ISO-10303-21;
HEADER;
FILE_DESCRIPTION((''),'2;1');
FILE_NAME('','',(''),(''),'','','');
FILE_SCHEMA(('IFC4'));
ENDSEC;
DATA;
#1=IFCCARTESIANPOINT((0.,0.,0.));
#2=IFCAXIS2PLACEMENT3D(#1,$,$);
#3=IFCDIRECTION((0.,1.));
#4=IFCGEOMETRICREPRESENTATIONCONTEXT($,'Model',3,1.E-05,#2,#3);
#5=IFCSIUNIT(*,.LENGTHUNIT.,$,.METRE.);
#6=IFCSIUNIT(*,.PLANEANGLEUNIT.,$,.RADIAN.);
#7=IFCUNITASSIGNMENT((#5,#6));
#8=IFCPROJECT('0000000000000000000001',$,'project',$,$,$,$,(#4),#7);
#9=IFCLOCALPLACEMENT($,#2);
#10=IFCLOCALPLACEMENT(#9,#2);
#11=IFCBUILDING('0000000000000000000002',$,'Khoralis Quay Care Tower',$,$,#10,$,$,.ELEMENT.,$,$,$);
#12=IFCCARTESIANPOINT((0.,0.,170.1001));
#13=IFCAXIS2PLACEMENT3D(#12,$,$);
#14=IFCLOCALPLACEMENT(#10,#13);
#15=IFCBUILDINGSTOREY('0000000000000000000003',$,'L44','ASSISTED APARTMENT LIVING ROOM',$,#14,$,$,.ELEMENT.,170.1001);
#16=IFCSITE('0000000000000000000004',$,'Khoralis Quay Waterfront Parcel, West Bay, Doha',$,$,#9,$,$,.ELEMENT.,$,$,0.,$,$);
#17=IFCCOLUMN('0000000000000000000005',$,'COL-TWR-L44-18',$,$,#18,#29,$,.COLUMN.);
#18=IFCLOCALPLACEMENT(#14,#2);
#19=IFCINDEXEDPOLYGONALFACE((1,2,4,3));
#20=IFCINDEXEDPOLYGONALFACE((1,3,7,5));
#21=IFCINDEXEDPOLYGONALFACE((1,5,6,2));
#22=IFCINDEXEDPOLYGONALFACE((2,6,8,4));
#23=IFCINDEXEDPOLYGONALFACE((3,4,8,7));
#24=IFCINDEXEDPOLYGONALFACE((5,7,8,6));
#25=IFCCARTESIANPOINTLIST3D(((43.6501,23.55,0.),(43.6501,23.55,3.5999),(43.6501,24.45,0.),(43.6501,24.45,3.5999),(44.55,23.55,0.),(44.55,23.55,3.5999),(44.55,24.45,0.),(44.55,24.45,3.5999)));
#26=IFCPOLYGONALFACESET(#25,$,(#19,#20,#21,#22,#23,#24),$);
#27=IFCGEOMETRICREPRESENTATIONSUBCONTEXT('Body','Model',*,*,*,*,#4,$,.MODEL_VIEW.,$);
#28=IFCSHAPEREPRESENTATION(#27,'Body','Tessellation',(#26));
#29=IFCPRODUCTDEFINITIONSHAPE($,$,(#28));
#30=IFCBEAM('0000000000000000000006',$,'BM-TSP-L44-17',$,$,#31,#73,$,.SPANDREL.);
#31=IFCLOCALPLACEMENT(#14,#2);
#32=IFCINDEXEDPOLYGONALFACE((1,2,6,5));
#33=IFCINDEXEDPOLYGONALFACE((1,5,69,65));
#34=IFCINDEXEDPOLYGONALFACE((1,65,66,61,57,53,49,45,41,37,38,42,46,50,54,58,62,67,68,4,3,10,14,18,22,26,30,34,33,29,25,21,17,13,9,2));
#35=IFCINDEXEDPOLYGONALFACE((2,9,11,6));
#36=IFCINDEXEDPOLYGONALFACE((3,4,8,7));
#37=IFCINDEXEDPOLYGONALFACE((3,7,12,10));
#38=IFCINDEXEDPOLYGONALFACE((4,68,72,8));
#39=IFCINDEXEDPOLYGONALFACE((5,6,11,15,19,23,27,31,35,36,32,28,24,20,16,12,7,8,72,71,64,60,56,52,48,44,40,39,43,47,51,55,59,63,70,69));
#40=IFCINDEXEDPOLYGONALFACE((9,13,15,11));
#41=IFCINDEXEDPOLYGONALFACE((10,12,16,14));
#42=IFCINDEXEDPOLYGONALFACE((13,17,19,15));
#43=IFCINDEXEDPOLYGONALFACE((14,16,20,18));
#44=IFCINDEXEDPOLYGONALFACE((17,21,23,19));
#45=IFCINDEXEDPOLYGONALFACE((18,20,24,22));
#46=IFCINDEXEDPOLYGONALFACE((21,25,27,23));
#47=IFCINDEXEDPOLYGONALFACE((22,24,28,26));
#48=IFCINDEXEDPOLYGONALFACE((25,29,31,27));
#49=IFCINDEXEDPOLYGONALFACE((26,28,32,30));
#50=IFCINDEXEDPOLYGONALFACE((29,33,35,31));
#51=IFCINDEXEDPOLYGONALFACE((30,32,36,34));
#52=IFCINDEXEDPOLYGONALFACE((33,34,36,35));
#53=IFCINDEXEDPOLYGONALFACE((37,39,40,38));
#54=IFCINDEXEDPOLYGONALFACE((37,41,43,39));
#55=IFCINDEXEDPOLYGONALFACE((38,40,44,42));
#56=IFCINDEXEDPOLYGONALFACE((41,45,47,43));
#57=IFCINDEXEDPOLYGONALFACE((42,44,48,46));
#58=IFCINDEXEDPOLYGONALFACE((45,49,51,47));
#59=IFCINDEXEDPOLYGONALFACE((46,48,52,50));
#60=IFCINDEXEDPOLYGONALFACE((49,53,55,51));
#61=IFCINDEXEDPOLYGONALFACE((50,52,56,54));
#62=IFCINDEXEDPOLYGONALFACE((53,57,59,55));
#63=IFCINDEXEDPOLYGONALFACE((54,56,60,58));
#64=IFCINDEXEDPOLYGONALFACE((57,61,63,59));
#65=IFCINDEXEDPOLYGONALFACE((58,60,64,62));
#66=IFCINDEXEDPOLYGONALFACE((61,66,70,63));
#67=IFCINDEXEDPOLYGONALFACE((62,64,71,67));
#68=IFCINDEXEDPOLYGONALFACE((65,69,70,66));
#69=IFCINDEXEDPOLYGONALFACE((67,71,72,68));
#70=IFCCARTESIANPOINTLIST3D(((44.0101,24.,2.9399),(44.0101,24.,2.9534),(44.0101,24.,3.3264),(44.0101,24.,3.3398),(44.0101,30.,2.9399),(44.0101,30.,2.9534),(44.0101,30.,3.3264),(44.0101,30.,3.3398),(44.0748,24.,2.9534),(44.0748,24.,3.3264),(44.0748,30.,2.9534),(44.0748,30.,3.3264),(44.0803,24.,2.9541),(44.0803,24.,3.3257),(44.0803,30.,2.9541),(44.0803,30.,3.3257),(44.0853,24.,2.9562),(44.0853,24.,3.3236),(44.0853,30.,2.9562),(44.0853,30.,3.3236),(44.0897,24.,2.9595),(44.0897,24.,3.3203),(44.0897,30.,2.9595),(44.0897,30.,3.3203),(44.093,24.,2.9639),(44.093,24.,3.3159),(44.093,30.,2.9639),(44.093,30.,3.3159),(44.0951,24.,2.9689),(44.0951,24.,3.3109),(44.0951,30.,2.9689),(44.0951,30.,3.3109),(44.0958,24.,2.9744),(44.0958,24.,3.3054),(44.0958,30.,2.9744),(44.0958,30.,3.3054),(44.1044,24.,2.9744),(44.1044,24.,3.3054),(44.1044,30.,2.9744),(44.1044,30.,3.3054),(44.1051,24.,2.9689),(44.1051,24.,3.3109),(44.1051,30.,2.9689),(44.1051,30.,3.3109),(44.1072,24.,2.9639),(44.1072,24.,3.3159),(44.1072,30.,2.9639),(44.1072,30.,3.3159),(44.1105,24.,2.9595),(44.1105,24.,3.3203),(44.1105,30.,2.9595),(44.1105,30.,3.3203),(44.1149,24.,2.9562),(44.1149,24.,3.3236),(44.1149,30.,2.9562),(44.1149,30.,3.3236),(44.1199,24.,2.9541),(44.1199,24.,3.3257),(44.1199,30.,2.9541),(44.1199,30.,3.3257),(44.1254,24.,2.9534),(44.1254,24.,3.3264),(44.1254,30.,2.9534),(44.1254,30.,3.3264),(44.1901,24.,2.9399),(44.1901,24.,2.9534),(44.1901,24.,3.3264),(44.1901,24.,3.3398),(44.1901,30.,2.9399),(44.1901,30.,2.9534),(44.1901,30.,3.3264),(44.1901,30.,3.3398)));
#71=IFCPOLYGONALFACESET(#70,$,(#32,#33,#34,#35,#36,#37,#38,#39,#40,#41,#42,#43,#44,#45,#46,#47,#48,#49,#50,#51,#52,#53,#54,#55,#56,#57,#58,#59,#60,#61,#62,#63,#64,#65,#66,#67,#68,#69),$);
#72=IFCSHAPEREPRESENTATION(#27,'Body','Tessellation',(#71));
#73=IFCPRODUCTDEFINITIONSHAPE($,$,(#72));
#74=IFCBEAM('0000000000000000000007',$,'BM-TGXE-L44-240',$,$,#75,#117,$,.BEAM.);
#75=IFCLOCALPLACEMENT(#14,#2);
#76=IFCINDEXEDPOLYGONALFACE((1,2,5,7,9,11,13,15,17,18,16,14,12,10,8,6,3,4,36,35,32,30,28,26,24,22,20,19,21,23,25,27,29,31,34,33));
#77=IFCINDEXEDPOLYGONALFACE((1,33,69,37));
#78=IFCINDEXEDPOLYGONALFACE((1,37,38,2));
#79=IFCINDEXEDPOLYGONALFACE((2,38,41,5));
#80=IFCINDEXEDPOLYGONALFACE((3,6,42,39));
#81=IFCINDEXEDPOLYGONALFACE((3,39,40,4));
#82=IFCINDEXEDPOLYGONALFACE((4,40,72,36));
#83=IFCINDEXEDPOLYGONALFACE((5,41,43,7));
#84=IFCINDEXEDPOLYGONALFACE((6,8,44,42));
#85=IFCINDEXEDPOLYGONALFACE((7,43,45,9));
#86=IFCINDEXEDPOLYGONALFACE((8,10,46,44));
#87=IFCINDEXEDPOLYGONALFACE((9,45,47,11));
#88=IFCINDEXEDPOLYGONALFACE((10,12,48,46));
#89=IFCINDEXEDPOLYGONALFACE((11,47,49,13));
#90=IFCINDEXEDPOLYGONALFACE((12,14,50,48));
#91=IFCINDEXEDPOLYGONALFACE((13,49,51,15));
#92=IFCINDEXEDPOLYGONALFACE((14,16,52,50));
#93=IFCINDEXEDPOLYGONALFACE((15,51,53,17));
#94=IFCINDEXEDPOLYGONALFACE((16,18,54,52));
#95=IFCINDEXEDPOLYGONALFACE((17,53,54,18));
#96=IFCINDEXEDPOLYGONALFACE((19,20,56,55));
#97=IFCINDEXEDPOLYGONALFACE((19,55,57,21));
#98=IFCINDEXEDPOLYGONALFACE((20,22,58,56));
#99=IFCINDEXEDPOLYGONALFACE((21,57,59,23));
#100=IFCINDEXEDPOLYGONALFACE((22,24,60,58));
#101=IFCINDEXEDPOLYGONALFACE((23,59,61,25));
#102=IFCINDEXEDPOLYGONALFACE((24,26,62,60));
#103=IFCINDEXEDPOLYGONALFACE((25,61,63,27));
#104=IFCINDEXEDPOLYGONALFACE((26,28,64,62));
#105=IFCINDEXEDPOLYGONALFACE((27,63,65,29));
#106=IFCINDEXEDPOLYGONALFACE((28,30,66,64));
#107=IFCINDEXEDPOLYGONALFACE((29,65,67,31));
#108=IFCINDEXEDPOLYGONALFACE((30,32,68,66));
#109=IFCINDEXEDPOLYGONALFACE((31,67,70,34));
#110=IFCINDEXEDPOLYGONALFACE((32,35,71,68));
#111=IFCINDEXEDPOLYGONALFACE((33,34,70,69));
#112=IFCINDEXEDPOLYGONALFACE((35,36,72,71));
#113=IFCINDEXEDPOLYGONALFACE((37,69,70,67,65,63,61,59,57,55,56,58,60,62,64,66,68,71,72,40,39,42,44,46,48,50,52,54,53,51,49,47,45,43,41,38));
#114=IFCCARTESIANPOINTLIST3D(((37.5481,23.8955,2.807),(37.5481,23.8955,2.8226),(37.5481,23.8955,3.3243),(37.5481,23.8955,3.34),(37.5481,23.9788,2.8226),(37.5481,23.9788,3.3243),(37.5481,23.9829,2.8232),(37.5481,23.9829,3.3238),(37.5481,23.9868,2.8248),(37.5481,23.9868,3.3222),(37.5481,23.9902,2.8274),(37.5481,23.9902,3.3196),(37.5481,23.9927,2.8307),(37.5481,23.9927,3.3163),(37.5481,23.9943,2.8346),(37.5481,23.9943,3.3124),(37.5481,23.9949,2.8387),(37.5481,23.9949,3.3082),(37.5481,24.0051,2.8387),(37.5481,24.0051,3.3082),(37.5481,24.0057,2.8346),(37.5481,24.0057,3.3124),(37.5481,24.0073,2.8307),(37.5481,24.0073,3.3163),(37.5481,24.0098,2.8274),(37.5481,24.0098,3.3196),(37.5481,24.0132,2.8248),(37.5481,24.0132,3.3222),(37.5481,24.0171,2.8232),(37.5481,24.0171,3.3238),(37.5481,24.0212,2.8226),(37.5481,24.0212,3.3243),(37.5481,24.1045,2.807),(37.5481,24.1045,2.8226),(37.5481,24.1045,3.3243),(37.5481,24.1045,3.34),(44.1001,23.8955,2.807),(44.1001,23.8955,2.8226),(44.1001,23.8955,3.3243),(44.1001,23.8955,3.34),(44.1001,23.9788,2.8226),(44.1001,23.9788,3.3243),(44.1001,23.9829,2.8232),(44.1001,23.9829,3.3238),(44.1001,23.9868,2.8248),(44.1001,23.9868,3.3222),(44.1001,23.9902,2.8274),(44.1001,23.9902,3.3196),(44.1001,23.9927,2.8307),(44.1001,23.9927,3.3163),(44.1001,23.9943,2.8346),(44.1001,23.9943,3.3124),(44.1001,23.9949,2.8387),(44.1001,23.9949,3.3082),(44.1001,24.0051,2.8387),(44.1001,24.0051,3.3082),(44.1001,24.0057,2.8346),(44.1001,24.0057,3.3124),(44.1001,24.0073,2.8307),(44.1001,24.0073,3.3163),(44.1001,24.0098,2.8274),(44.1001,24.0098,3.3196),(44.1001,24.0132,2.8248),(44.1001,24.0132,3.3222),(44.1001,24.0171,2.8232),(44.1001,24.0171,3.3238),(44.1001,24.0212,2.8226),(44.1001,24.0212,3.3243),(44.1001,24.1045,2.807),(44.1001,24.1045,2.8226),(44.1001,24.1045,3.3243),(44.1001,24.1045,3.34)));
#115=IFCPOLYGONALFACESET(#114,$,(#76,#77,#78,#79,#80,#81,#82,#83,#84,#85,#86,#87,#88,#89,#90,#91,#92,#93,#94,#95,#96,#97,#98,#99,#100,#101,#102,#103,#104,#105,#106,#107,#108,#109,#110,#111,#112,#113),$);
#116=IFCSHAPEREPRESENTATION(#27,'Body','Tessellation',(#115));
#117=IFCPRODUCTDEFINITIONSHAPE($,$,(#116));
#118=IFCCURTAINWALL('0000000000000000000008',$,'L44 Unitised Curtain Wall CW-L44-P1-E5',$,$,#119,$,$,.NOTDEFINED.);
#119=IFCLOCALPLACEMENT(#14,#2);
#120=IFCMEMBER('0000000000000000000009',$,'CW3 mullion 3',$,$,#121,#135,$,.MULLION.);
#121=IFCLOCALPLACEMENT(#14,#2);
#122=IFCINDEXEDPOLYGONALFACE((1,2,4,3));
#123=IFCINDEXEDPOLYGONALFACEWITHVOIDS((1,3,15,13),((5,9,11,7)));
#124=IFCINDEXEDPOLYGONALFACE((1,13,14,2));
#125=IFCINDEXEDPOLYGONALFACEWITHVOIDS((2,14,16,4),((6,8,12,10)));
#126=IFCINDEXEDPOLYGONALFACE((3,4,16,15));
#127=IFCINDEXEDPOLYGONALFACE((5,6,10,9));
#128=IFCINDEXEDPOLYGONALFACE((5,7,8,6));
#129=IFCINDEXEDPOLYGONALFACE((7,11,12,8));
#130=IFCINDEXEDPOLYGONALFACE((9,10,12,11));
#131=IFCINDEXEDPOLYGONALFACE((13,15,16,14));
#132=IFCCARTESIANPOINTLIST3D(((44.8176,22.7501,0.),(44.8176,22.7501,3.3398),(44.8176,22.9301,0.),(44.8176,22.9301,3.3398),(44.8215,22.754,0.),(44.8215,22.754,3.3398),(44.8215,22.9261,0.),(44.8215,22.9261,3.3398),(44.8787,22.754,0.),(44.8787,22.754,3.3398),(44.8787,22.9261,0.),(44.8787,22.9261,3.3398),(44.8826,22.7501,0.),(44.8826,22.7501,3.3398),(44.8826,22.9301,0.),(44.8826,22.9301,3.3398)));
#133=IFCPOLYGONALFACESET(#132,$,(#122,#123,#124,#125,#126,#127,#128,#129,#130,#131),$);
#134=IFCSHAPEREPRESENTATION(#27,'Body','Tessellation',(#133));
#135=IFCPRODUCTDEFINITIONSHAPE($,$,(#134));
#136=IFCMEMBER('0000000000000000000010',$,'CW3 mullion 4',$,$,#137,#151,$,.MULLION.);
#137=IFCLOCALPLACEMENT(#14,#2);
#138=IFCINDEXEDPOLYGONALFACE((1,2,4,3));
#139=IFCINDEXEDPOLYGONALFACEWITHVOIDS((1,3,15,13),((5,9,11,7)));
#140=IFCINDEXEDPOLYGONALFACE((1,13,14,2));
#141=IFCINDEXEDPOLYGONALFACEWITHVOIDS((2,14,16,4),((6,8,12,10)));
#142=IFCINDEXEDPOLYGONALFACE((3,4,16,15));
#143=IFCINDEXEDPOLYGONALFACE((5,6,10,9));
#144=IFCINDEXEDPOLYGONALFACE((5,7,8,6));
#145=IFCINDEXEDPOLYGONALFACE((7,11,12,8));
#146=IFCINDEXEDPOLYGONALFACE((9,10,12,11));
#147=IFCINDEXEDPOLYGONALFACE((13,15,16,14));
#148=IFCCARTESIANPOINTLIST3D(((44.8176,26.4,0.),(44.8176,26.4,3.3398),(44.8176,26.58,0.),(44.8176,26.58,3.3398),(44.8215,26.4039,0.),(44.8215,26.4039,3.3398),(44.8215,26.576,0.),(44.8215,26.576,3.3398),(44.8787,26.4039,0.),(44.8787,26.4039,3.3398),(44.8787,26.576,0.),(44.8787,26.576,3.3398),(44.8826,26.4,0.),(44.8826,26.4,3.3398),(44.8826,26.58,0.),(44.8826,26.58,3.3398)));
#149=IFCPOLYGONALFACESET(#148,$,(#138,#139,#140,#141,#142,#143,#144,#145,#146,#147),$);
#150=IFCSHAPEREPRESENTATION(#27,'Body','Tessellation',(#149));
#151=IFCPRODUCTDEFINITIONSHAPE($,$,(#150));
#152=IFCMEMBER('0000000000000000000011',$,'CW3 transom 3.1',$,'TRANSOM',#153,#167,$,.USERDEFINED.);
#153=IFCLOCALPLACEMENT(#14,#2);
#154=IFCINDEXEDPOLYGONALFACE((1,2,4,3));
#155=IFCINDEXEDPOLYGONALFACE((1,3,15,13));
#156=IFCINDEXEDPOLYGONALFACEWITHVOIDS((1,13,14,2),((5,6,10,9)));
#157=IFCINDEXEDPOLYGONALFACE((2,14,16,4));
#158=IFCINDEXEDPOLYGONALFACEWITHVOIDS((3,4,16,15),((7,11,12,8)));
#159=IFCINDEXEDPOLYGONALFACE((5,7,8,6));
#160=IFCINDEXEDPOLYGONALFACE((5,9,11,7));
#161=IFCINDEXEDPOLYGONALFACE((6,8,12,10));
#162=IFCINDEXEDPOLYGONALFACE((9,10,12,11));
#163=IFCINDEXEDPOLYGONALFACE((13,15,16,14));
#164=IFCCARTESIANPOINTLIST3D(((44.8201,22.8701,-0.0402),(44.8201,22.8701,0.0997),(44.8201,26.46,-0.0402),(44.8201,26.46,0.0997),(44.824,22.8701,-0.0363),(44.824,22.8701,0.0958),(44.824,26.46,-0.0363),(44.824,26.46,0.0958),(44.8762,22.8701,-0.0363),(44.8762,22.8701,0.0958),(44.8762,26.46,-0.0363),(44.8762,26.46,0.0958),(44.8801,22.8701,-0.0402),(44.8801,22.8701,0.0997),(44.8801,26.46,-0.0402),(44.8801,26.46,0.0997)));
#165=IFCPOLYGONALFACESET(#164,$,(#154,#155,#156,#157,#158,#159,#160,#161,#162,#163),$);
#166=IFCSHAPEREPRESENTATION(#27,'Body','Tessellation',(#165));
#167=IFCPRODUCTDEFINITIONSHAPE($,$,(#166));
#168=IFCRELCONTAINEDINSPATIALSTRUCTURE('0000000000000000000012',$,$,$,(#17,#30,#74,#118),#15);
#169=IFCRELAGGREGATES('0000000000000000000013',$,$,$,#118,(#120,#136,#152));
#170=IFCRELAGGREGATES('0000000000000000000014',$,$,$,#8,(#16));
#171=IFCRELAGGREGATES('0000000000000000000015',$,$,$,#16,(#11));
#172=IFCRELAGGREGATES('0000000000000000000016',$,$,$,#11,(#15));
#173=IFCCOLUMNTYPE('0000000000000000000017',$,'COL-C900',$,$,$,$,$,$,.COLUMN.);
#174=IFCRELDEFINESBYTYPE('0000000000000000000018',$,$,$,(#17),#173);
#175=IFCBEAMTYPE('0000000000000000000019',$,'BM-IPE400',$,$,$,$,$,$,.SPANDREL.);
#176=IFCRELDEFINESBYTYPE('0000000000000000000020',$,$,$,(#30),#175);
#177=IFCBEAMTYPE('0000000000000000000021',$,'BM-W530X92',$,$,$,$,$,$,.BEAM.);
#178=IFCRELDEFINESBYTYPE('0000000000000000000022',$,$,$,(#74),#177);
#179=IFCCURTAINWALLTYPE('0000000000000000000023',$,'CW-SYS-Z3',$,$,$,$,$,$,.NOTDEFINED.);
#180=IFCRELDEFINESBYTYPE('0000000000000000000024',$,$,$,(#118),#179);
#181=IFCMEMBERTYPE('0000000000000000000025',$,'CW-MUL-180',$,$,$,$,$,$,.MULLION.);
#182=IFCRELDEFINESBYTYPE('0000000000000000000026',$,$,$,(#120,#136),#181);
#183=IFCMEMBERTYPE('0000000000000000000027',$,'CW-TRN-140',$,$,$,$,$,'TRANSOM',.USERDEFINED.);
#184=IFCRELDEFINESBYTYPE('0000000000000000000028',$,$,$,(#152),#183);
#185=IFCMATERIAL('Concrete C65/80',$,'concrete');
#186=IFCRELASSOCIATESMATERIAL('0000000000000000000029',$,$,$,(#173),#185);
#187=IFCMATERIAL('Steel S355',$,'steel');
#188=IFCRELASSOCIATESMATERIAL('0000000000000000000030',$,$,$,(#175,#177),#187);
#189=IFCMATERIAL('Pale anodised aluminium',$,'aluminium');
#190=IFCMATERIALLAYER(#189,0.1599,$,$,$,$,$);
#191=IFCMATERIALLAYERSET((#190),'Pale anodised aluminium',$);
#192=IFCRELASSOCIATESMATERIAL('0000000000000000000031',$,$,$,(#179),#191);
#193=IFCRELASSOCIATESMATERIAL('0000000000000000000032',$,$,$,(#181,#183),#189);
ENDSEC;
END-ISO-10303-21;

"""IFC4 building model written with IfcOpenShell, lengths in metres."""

from ifc_helpers import new_model, si_unit, direction, frame, origin, origin_2d, place, context, subcontext, project, spatial, rectangle, hollow_rectangle, i_section, extrude, source, transform, mapped, material, layer, layer_set, material_profile, profile_set, type_object, element, aggregate, save


model = new_model("IFC4")

# Units and contexts
model_context = context("Model", 3, precision=1e-05, world=origin(), true_north=direction((0.0, 1.0)))
body_context = subcontext(model_context, "Body", "Model", "MODEL_VIEW")
ifc_project = project(units=[si_unit("LENGTHUNIT", "METRE"), si_unit("PLANEANGLEUNIT", "RADIAN")], contexts=[model_context])

# Site, building, storey
site_placement = place(None, origin())
site = spatial("IfcSite", under=ifc_project, at=site_placement, Name="Khoralis Quay Waterfront Parcel, West Bay, Doha", CompositionType="ELEMENT", RefElevation=0.0)
building_placement = place(site_placement, origin())
building = spatial("IfcBuilding", under=site, at=building_placement, Name="Khoralis Quay Care Tower", CompositionType="ELEMENT")
storey_placement = place(building_placement, frame((0.0, 0.0, 170.1001)))
storey = spatial("IfcBuildingStorey", under=building, at=storey_placement, Name="L44", Description="ASSISTED APARTMENT LIVING ROOM", CompositionType="ELEMENT", Elevation=170.1001)

# Column
ifc_material_1 = material(Name="Concrete C65/80", Category="concrete")
ifc_material_profile_1 = material_profile(ifc_material_1, rectangle(XDim=0.8999, YDim=0.8999, at=origin_2d()), Name="Concrete C65/80")
ifc_profile_set_1 = profile_set([ifc_material_profile_1], Name="Concrete C65/80")
column_type = type_object("IfcColumnType", Name="COL-C900", PredefinedType="COLUMN", material=ifc_profile_set_1)
shared_shape_1 = source(origin(), body_context, "Body", "SweptSolid", [
    extrude(rectangle(XDim=0.8999, YDim=0.8999, at=origin_2d()), origin(), (0.0, 0.0, 1.0), 3.5999),
])
column_placement = place(storey_placement, frame((44.1001, 24.0, 0.0), z_axis=(0.0, 0.0, 1.0), x_axis=(1.0, 0.0, 0.0)))
element("IfcColumn", 1, at=column_placement, inside=storey, type_object=column_type, Name="COL-TWR-L44-18", PredefinedType="COLUMN", context=body_context, shape_type="MappedRepresentation", body=[
    mapped(shared_shape_1, transform((0.0, 0.0, 0.0), scale=1.0)),
])

# Beams
ifc_material_2 = material(Name="Steel S355", Category="steel")
ifc_material_profile_2 = material_profile(ifc_material_2, i_section(OverallWidth=0.1799, OverallDepth=0.3999, WebThickness=0.0085, FlangeThickness=0.0134, FilletRadius=0.021, at=origin_2d()), Name="Steel S355")
ifc_profile_set_2 = profile_set([ifc_material_profile_2], Name="Steel S355")
beam_type_1 = type_object("IfcBeamType", Name="BM-IPE400", PredefinedType="SPANDREL", material=ifc_profile_set_2)
shared_shape_2 = source(origin(), body_context, "Body", "SweptSolid", [
    extrude(i_section(OverallWidth=0.1799, OverallDepth=0.3999, WebThickness=0.0085, FlangeThickness=0.0134, FilletRadius=0.021, at=origin_2d()), origin(), (0.0, 0.0, 1.0), 6.0),
])
beam_1_placement = place(storey_placement, frame((44.1001, 24.0, 3.1399), z_axis=(0.0, 1.0, 0.0), x_axis=(-1.0, 0.0, 0.0)))
element("IfcBeam", 2, at=beam_1_placement, inside=storey, type_object=beam_type_1, Name="BM-TSP-L44-17", PredefinedType="SPANDREL", context=body_context, shape_type="MappedRepresentation", body=[
    mapped(shared_shape_2, transform((0.0, 0.0, 0.0), scale=1.0)),
])
ifc_material_profile_3 = material_profile(ifc_material_2, i_section(OverallWidth=0.209, OverallDepth=0.533, WebThickness=0.0103, FlangeThickness=0.0156, FilletRadius=0.0161, at=origin_2d()), Name="Steel S355")
ifc_profile_set_3 = profile_set([ifc_material_profile_3], Name="Steel S355")
beam_type_2 = type_object("IfcBeamType", Name="BM-W530X92", PredefinedType="BEAM", material=ifc_profile_set_3)
shared_shape_3 = source(origin(), body_context, "Body", "SweptSolid", [
    extrude(i_section(OverallWidth=0.209, OverallDepth=0.533, WebThickness=0.0103, FlangeThickness=0.0156, FilletRadius=0.0161, at=origin_2d()), origin(), (0.0, 0.0, 1.0), 6.552),
])
beam_2_placement = place(storey_placement, frame((37.5481, 24.0, 3.0735), z_axis=(1.0, 0.0, 0.0), x_axis=(0.0, 1.0, 0.0)))
element("IfcBeam", 3, at=beam_2_placement, inside=storey, type_object=beam_type_2, Name="BM-TGXE-L44-240", PredefinedType="BEAM", context=body_context, shape_type="MappedRepresentation", body=[
    mapped(shared_shape_3, transform((0.0, 0.0, 0.0), scale=1.0)),
])

# Curtain wall, members
ifc_material_3 = material(Name="Pale anodised aluminium", Category="aluminium")
ifc_layer_1 = layer(ifc_material_3, 0.1599)
ifc_layer_set_1 = layer_set([ifc_layer_1], Name="Pale anodised aluminium")
curtain_wall_type = type_object("IfcCurtainWallType", Name="CW-SYS-Z3", PredefinedType="NOTDEFINED", material=ifc_layer_set_1)
curtain_wall_placement = place(storey_placement, origin())
curtain_wall = element("IfcCurtainWall", 4, at=curtain_wall_placement, inside=storey, type_object=curtain_wall_type, Name="L44 Unitised Curtain Wall CW-L44-P1-E5", PredefinedType="NOTDEFINED")
ifc_material_profile_4 = material_profile(ifc_material_3, hollow_rectangle(XDim=0.0649, YDim=0.1799, WallThickness=0.0039, at=origin_2d()), Name="Pale anodised aluminium")
ifc_profile_set_4 = profile_set([ifc_material_profile_4], Name="Pale anodised aluminium")
member_type_1 = type_object("IfcMemberType", Name="CW-MUL-180", PredefinedType="MULLION", material=ifc_profile_set_4)
shared_shape_4 = source(origin(), body_context, "Body", "SweptSolid", [
    extrude(hollow_rectangle(XDim=0.0649, YDim=0.1799, WallThickness=0.0039, at=origin_2d()), origin(), (0.0, 0.0, 1.0), 3.3398),
])
member_1_placement = place(storey_placement, frame((44.8501, 22.8401, 0.0), z_axis=(0.0, 0.0, 1.0), x_axis=(-1.0, 0.0, 0.0)))
member_1 = element("IfcMember", 5, at=member_1_placement, type_object=member_type_1, Name="CW3 mullion 3", PredefinedType="MULLION", context=body_context, shape_type="MappedRepresentation", body=[
    mapped(shared_shape_4, transform((0.0, 0.0, 0.0), scale=1.0)),
])
member_2_placement = place(storey_placement, frame((44.8501, 26.49, 0.0), z_axis=(0.0, 0.0, 1.0), x_axis=(-1.0, 0.0, 0.0)))
member_2 = element("IfcMember", 6, at=member_2_placement, type_object=member_type_1, Name="CW3 mullion 4", PredefinedType="MULLION", context=body_context, shape_type="MappedRepresentation", body=[
    mapped(shared_shape_4, transform((0.0, 0.0, 0.0), scale=1.0)),
])
ifc_material_profile_5 = material_profile(ifc_material_3, hollow_rectangle(XDim=0.0601, YDim=0.1399, WallThickness=0.0039, at=origin_2d()), Name="Pale anodised aluminium")
ifc_profile_set_5 = profile_set([ifc_material_profile_5], Name="Pale anodised aluminium")
member_type_2 = type_object("IfcMemberType", Name="CW-TRN-140", ElementType="TRANSOM", PredefinedType="USERDEFINED", material=ifc_profile_set_5)
shared_shape_5 = source(origin(), body_context, "Body", "SweptSolid", [
    extrude(hollow_rectangle(XDim=0.0601, YDim=0.1399, WallThickness=0.0039, at=origin_2d()), origin(), (0.0, 0.0, 1.0), 3.5898),
])
member_3_placement = place(storey_placement, frame((44.8501, 22.8701, 0.0298), z_axis=(0.0, 1.0, 0.0), x_axis=(-1.0, 0.0, 0.0)))
member_3 = element("IfcMember", 7, at=member_3_placement, type_object=member_type_2, Name="CW3 transom 3.1", ObjectType="TRANSOM", PredefinedType="USERDEFINED", context=body_context, shape_type="MappedRepresentation", body=[
    mapped(shared_shape_5, transform((0.0, 0.0, 0.0), scale=1.0)),
])
aggregate(curtain_wall, [member_1, member_2, member_3])

save(model, "model.ifc")
